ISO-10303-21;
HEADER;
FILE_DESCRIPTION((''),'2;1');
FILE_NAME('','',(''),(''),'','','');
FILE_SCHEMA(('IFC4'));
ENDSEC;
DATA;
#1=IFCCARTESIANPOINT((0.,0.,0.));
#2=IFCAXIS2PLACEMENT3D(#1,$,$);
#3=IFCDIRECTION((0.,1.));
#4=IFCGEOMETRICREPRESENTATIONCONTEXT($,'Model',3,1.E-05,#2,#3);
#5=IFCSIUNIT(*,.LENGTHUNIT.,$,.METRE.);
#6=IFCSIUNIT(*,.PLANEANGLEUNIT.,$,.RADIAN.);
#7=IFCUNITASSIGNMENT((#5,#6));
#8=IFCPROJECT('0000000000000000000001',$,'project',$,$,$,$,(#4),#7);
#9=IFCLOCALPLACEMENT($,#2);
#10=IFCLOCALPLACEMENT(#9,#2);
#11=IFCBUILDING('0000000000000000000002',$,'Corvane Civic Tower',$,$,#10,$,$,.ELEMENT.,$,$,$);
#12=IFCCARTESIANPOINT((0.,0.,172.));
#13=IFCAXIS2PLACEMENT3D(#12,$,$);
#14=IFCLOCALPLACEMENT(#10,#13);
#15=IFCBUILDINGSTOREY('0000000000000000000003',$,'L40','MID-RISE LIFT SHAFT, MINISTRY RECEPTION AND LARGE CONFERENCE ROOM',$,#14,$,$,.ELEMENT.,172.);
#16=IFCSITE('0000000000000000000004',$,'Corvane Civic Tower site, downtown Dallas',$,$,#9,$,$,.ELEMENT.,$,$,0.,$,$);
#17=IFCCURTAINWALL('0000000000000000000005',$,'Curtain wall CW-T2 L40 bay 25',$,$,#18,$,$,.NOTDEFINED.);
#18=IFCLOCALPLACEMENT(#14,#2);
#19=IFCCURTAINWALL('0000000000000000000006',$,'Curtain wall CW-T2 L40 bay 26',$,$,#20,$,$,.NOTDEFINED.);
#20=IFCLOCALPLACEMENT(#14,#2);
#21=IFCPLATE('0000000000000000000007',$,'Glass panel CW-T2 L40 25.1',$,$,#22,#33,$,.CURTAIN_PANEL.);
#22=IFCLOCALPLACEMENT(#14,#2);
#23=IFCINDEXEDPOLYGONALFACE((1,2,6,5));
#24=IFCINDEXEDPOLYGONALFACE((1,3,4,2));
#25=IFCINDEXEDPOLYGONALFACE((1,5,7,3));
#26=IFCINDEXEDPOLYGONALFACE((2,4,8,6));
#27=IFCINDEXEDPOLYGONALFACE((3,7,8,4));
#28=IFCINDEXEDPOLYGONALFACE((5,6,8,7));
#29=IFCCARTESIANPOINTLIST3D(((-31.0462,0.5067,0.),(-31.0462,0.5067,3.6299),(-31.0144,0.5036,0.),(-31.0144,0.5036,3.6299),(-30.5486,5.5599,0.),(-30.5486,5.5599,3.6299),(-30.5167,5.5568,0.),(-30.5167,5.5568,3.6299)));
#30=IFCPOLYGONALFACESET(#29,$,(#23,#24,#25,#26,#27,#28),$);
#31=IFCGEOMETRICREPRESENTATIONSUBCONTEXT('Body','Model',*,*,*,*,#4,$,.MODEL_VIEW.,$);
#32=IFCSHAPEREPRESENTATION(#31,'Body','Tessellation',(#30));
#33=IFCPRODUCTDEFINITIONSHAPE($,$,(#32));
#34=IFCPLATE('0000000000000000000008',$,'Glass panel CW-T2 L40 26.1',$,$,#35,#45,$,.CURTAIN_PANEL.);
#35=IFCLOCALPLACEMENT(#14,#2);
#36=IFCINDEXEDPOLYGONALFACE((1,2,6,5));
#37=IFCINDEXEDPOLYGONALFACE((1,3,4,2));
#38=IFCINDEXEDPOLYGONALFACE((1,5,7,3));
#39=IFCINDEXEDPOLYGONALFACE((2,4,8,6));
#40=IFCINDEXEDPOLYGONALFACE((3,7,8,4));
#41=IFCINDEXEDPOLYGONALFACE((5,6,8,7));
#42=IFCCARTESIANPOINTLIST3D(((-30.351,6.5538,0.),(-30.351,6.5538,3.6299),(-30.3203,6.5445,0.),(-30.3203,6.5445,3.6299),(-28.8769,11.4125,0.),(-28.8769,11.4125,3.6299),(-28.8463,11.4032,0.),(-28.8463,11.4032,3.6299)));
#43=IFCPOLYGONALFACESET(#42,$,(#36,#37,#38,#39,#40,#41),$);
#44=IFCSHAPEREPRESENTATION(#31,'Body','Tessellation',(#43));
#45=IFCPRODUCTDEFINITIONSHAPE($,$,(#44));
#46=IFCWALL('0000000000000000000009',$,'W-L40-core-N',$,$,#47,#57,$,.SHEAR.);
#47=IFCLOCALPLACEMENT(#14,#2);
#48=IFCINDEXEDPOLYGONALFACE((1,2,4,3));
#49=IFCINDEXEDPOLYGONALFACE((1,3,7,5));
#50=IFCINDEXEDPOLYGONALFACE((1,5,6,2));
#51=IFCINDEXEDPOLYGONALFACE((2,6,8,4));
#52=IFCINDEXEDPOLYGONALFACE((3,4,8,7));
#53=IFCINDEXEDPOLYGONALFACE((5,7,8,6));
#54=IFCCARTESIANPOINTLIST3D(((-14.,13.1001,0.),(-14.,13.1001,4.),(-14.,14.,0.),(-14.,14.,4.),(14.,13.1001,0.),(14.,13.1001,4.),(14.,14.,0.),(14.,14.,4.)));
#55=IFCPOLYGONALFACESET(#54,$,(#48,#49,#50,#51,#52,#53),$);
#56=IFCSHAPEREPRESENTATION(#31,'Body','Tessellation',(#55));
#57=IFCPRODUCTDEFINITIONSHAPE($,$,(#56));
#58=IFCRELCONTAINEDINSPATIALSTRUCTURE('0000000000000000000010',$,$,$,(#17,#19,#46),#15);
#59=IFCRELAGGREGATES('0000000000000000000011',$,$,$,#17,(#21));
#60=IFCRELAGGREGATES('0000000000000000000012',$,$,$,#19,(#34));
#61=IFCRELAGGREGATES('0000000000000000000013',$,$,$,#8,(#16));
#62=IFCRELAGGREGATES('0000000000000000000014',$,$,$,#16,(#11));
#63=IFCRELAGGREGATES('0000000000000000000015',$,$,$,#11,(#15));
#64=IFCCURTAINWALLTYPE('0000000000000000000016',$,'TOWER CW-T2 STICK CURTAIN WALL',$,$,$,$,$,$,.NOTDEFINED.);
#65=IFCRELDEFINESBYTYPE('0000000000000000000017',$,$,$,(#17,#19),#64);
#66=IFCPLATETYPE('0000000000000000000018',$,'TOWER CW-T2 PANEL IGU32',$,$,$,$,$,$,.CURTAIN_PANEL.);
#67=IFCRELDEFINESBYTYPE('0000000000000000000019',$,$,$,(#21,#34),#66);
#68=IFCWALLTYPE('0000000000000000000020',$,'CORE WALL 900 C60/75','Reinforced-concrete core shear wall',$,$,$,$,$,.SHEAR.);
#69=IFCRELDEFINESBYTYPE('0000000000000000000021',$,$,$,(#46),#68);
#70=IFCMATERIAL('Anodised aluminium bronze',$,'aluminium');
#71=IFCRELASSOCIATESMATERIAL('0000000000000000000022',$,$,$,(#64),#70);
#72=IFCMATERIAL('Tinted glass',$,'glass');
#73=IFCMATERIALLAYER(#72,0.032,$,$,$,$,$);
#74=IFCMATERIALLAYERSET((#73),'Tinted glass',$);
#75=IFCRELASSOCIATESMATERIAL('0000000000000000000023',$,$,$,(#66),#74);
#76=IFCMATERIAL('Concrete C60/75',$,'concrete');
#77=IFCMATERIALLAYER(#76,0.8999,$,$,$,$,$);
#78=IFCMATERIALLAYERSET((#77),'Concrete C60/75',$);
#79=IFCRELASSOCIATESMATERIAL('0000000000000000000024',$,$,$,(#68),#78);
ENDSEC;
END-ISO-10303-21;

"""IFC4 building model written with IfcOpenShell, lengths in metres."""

from ifc_helpers import new_model, si_unit, direction, frame, frame_2d, origin, origin_2d, place, context, subcontext, project, spatial, rectangle, extrude, material, layer, layer_set, type_object, element, aggregate, save


model = new_model("IFC4")

# Units and contexts
model_context = context("Model", 3, precision=1e-05, world=origin(), true_north=direction((0.0, 1.0)))
body_context = subcontext(model_context, "Body", "Model", "MODEL_VIEW")
ifc_project = project(units=[si_unit("LENGTHUNIT", "METRE"), si_unit("PLANEANGLEUNIT", "RADIAN")], contexts=[model_context])

# Site, building, storey
site_placement = place(None, origin())
site = spatial("IfcSite", under=ifc_project, at=site_placement, Name="Corvane Civic Tower site, downtown Dallas", CompositionType="ELEMENT", RefElevation=0.0)
building_placement = place(site_placement, origin())
building = spatial("IfcBuilding", under=site, at=building_placement, Name="Corvane Civic Tower", CompositionType="ELEMENT")
storey_placement = place(building_placement, frame((0.0, 0.0, 172.0)))
storey = spatial("IfcBuildingStorey", under=building, at=storey_placement, Name="L40", Description="MID-RISE LIFT SHAFT, MINISTRY RECEPTION AND LARGE CONFERENCE ROOM", CompositionType="ELEMENT", Elevation=172.0)

# Curtain walls
ifc_material_1 = material(Name="Anodised aluminium bronze", Category="aluminium")
curtain_wall_type = type_object("IfcCurtainWallType", Name="TOWER CW-T2 STICK CURTAIN WALL", PredefinedType="NOTDEFINED", material=ifc_material_1)
curtain_wall_1_placement = place(storey_placement, origin())
curtain_wall_1 = element("IfcCurtainWall", 1, at=curtain_wall_1_placement, inside=storey, type_object=curtain_wall_type, Name="Curtain wall CW-T2 L40 bay 25", PredefinedType="NOTDEFINED")
curtain_wall_2_placement = place(storey_placement, origin())
curtain_wall_2 = element("IfcCurtainWall", 2, at=curtain_wall_2_placement, inside=storey, type_object=curtain_wall_type, Name="Curtain wall CW-T2 L40 bay 26", PredefinedType="NOTDEFINED")

# Plates
ifc_material_2 = material(Name="Tinted glass", Category="glass")
ifc_layer_1 = layer(ifc_material_2, 0.032)
ifc_layer_set_1 = layer_set([ifc_layer_1], Name="Tinted glass")
plate_type = type_object("IfcPlateType", Name="TOWER CW-T2 PANEL IGU32", PredefinedType="CURTAIN_PANEL", material=ifc_layer_set_1)
plate_1_placement = place(storey_placement, frame((-30.7815, 3.0317, 0.0), z_axis=(0.0, 0.0, 1.0), x_axis=(0.098012, 0.995185, 0.0)))
plate_1 = element("IfcPlate", 3, at=plate_1_placement, type_object=plate_type, Name="Glass panel CW-T2 L40 25.1", PredefinedType="CURTAIN_PANEL", context=body_context, shape_type="SweptSolid", body=[
    extrude(rectangle(XDim=5.0776, YDim=0.032, at=origin_2d()), origin(), (0.0, 0.0, 1.0), 3.6299),
])
aggregate(curtain_wall_1, [plate_1])
plate_2_placement = place(storey_placement, frame((-29.5986, 8.9785, 0.0), z_axis=(0.0, 0.0, 1.0), x_axis=(0.290313, 0.956932, 0.0)))
plate_2 = element("IfcPlate", 4, at=plate_2_placement, type_object=plate_type, Name="Glass panel CW-T2 L40 26.1", PredefinedType="CURTAIN_PANEL", context=body_context, shape_type="SweptSolid", body=[
    extrude(rectangle(XDim=5.0774, YDim=0.032, at=origin_2d()), origin(), (0.0, 0.0, 1.0), 3.6299),
])
aggregate(curtain_wall_2, [plate_2])

# Wall
ifc_material_3 = material(Name="Concrete C60/75", Category="concrete")
ifc_layer_2 = layer(ifc_material_3, 0.8999)
ifc_layer_set_2 = layer_set([ifc_layer_2], Name="Concrete C60/75")
wall_type_1 = type_object("IfcWallType", Name="CORE WALL 900 C60/75", Description="Reinforced-concrete core shear wall", PredefinedType="SHEAR", material=ifc_layer_set_2)
wall_1_placement = place(storey_placement, frame((-14.0, 13.55, 0.0), z_axis=(0.0, 0.0, 1.0), x_axis=(1.0, 0.0, 0.0)))
element("IfcWall", 5, at=wall_1_placement, inside=storey, type_object=wall_type_1, Name="W-L40-core-N", PredefinedType="SHEAR", context=body_context, shape_type="SweptSolid", body=[
    extrude(rectangle(XDim=28.0, YDim=0.8999, at=frame_2d((14.0, 0.0))), origin(), (0.0, 0.0, 1.0), 4.0),
])

save(model, "model.ifc")
